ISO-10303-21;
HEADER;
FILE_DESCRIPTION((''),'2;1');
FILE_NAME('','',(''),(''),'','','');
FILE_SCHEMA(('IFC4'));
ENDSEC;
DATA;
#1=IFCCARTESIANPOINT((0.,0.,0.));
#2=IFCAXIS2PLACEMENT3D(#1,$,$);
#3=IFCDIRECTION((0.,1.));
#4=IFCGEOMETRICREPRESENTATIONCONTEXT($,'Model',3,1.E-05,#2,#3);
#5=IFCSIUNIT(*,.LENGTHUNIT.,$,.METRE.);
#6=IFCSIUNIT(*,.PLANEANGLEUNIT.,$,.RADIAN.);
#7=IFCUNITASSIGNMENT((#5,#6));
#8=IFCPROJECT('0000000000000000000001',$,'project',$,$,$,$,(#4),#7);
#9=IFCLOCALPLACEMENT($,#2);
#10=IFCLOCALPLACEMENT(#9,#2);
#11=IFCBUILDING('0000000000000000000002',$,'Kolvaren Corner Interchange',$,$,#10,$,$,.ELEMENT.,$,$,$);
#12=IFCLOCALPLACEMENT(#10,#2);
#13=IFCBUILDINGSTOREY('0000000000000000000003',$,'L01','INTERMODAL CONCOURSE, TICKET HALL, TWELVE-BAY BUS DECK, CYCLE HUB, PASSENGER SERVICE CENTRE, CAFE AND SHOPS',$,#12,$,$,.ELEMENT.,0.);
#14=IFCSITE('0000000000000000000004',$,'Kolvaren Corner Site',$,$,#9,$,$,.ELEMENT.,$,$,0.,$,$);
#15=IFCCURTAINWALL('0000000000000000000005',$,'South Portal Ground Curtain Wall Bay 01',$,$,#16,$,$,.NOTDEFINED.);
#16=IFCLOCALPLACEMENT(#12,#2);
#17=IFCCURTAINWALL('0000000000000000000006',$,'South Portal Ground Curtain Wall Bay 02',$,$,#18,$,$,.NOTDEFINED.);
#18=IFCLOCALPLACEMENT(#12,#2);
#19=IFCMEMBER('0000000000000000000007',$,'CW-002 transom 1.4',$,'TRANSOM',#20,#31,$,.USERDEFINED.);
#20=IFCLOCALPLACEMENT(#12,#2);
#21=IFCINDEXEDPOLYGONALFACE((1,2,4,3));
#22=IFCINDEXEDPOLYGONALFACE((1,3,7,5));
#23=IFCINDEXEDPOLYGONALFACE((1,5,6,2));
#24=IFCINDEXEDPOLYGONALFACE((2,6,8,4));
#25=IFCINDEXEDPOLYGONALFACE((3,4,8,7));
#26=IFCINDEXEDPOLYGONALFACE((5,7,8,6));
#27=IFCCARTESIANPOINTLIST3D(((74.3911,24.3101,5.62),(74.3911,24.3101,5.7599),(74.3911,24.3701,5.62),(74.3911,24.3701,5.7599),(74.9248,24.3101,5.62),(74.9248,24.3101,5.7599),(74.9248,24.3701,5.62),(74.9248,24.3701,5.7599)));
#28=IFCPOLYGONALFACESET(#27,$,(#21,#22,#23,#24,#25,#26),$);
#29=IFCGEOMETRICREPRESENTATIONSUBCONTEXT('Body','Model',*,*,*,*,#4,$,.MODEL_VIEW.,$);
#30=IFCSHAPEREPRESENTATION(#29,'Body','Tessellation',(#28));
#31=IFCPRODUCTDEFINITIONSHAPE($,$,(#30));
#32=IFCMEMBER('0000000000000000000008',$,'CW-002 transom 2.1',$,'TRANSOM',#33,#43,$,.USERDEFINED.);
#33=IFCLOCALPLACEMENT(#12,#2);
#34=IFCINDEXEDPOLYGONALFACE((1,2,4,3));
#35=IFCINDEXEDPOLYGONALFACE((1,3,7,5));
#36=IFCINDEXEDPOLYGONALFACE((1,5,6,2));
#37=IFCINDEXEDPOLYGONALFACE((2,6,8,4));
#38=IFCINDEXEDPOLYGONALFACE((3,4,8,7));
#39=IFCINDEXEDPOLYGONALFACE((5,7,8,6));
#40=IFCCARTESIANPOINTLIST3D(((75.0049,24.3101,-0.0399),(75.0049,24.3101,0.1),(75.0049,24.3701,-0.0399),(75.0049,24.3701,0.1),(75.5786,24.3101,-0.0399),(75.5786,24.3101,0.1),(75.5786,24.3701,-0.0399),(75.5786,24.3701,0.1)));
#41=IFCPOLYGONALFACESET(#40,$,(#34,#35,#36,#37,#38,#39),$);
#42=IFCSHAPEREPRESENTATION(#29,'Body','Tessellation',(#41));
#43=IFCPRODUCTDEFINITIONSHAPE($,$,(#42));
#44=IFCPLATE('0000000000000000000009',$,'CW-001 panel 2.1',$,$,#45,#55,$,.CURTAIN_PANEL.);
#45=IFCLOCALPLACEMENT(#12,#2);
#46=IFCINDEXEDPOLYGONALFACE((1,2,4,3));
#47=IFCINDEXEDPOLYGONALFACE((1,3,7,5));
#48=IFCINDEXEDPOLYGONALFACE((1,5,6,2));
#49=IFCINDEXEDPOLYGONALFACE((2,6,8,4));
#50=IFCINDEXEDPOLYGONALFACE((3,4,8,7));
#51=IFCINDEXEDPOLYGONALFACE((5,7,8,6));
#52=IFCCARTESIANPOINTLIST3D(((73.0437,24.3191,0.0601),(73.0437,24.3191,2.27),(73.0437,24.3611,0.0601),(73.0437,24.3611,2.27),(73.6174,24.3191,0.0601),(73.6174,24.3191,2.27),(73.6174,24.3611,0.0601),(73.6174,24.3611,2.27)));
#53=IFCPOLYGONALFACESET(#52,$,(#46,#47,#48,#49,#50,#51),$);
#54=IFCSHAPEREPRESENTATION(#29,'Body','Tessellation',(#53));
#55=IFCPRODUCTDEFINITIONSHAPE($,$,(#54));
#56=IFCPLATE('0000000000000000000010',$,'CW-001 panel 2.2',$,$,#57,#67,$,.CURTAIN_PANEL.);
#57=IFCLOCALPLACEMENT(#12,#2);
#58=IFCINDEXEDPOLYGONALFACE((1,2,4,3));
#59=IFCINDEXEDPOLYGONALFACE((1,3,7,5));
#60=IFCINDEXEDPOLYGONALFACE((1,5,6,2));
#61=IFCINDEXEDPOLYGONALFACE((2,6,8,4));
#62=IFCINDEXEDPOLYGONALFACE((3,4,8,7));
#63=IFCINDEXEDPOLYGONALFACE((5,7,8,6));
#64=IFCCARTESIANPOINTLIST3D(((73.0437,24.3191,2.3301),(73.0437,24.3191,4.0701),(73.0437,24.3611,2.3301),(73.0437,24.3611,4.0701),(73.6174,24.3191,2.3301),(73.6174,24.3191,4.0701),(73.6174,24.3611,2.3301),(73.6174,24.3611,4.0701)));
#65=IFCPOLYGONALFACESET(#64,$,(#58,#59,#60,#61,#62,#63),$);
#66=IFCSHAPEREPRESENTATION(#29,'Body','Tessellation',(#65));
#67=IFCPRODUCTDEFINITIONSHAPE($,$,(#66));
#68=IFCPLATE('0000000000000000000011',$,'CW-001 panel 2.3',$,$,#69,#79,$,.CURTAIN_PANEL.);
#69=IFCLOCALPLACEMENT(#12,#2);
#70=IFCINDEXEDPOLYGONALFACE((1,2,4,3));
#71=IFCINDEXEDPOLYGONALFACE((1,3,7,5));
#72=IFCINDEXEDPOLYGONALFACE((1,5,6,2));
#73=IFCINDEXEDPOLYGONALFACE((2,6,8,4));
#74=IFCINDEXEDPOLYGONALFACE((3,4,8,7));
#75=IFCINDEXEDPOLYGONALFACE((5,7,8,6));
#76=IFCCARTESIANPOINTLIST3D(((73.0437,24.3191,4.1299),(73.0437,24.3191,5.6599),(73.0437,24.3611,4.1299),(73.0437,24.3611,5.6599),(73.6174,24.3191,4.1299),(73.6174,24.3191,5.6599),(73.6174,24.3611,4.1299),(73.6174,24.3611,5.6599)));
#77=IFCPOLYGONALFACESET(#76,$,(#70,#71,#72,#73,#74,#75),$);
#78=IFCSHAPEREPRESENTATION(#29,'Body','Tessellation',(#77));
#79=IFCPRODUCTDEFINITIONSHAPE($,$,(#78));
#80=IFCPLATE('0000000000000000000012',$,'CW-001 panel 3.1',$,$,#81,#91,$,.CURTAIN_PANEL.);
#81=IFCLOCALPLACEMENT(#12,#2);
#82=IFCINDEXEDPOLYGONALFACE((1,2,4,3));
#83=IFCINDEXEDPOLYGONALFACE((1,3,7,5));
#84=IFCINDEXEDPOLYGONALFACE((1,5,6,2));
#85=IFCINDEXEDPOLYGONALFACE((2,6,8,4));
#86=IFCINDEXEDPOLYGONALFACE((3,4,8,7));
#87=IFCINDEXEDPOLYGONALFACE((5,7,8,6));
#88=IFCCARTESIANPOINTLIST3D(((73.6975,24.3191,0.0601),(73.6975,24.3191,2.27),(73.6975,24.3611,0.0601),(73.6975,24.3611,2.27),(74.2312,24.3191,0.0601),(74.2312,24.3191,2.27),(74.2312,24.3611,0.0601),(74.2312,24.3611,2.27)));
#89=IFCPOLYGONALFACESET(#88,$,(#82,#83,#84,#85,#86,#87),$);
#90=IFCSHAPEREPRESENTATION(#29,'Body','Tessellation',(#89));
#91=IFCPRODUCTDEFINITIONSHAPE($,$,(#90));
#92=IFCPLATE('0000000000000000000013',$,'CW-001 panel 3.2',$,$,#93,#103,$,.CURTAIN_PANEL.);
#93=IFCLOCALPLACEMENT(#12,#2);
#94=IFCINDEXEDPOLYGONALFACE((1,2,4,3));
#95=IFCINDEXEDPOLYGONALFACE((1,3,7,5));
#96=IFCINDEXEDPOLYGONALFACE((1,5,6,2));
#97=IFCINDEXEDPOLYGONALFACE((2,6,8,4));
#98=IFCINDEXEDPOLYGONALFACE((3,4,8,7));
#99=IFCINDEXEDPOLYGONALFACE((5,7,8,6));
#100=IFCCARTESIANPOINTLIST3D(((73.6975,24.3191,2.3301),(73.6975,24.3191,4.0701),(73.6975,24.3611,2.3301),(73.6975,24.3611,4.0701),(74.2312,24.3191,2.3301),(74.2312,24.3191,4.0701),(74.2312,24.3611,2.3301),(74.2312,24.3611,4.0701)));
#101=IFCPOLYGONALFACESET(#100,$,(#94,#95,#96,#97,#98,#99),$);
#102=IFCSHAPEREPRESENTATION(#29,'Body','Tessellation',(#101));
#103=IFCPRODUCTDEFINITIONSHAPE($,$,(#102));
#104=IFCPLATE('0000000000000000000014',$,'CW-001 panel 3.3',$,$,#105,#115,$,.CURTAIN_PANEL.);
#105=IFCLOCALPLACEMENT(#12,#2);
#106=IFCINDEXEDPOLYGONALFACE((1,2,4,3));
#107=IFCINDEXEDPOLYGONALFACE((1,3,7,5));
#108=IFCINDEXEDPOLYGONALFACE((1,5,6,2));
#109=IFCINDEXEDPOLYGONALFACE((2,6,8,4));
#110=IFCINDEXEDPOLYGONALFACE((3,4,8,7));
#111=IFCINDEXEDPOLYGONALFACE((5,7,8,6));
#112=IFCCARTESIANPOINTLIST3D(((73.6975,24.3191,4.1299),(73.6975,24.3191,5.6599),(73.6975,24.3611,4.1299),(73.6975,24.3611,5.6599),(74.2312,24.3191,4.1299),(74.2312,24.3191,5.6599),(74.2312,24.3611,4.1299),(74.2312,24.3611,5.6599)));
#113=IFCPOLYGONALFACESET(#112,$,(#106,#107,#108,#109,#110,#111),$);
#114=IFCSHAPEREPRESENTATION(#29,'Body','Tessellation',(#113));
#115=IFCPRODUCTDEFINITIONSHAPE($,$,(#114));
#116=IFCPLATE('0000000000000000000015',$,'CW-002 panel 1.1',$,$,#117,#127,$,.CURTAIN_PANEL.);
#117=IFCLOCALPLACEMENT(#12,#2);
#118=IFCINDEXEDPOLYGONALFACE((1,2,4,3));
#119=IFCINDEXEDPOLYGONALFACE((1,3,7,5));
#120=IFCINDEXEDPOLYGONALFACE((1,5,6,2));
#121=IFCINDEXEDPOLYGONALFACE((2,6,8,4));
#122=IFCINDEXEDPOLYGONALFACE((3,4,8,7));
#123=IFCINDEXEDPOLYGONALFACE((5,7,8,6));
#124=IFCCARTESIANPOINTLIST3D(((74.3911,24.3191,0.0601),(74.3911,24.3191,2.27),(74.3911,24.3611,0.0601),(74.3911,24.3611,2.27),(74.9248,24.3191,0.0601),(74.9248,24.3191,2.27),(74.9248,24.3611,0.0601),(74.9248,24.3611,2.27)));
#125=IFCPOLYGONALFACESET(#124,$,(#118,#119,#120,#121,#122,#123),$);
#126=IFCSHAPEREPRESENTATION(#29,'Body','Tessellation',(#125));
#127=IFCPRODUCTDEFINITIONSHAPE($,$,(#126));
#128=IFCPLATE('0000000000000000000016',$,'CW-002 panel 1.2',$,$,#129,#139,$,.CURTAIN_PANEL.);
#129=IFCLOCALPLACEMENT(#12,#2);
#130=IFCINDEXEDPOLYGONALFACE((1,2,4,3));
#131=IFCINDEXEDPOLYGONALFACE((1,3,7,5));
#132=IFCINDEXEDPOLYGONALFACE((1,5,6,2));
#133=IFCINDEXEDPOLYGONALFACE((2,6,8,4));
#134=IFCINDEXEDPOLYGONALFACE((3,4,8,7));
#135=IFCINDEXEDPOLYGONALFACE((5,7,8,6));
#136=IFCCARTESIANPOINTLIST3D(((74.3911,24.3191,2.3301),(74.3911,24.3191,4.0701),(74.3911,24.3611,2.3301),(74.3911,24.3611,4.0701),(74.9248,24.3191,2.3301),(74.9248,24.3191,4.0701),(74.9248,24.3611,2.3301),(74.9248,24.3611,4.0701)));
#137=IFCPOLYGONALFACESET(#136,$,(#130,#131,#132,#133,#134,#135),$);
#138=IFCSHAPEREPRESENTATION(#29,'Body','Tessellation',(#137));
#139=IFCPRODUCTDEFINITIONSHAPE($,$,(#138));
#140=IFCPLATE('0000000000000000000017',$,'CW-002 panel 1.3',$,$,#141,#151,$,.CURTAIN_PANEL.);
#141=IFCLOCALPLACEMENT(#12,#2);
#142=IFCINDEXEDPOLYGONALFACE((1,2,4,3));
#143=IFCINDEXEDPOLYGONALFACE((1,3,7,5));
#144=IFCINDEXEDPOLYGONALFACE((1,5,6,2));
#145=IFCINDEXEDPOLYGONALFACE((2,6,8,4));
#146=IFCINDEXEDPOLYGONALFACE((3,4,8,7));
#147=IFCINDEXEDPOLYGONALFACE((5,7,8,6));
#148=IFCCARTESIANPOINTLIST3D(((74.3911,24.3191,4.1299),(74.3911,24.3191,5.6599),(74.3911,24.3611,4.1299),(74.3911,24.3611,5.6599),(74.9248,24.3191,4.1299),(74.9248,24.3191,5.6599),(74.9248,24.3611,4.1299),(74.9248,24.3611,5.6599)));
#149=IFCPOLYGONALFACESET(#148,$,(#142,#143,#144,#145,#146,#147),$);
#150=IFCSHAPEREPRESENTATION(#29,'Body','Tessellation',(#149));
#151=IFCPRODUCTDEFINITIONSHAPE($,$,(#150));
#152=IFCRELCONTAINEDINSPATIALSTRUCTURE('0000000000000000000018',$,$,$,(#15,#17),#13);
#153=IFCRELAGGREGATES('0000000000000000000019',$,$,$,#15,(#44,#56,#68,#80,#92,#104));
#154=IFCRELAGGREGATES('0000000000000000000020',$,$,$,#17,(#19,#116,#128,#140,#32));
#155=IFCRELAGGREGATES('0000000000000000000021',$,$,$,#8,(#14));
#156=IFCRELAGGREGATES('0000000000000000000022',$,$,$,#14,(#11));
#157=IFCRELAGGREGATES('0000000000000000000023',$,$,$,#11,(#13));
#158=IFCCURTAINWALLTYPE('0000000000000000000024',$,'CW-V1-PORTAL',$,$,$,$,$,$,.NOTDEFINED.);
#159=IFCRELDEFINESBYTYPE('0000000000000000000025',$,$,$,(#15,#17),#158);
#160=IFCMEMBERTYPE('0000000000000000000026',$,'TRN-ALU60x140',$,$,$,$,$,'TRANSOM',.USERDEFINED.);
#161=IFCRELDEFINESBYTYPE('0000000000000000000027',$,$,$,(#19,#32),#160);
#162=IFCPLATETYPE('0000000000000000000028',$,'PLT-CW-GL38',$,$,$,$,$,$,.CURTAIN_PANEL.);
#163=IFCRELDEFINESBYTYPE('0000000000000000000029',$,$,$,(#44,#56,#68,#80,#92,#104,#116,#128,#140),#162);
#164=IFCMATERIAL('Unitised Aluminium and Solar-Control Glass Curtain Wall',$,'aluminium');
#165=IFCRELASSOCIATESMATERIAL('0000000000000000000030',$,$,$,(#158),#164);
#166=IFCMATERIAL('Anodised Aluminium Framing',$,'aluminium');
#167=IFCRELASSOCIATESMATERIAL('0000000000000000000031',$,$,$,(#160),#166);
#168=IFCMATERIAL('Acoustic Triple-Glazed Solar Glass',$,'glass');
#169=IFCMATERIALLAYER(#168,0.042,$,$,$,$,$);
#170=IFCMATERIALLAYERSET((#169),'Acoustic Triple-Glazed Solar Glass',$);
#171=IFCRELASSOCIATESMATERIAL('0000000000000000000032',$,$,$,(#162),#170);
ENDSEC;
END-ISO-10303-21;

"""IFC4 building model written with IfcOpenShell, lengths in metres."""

from ifc_helpers import new_model, si_unit, direction, frame, origin, origin_2d, place, context, subcontext, project, spatial, rectangle, extrude, material, layer, layer_set, material_profile, profile_set, type_object, element, aggregate, save


model = new_model("IFC4")

# Units and contexts
model_context = context("Model", 3, precision=1e-05, world=origin(), true_north=direction((0.0, 1.0)))
body_context = subcontext(model_context, "Body", "Model", "MODEL_VIEW")
ifc_project = project(units=[si_unit("LENGTHUNIT", "METRE"), si_unit("PLANEANGLEUNIT", "RADIAN")], contexts=[model_context])

# Site, building, storey
site_placement = place(None, origin())
site = spatial("IfcSite", under=ifc_project, at=site_placement, Name="Kolvaren Corner Site", CompositionType="ELEMENT", RefElevation=0.0)
building_placement = place(site_placement, origin())
building = spatial("IfcBuilding", under=site, at=building_placement, Name="Kolvaren Corner Interchange", CompositionType="ELEMENT")
storey_placement = place(building_placement, origin())
storey = spatial("IfcBuildingStorey", under=building, at=storey_placement, Name="L01", Description="INTERMODAL CONCOURSE, TICKET HALL, TWELVE-BAY BUS DECK, CYCLE HUB, PASSENGER SERVICE CENTRE, CAFE AND SHOPS", CompositionType="ELEMENT", Elevation=0.0)

# Curtain walls
ifc_material_1 = material(Name="Unitised Aluminium and Solar-Control Glass Curtain Wall", Category="aluminium")
curtain_wall_type = type_object("IfcCurtainWallType", Name="CW-V1-PORTAL", PredefinedType="NOTDEFINED", material=ifc_material_1)
curtain_wall_1_placement = place(storey_placement, origin())
curtain_wall_1 = element("IfcCurtainWall", 1, at=curtain_wall_1_placement, inside=storey, type_object=curtain_wall_type, Name="South Portal Ground Curtain Wall Bay 01", PredefinedType="NOTDEFINED")
curtain_wall_2_placement = place(storey_placement, origin())
curtain_wall_2 = element("IfcCurtainWall", 2, at=curtain_wall_2_placement, inside=storey, type_object=curtain_wall_type, Name="South Portal Ground Curtain Wall Bay 02", PredefinedType="NOTDEFINED")

# Members
ifc_material_2 = material(Name="Anodised Aluminium Framing", Category="aluminium")
ifc_material_profile_1 = material_profile(ifc_material_2, rectangle(XDim=0.0601, YDim=0.1399, at=origin_2d()), Name="ALU 60x140")
ifc_profile_set_1 = profile_set([ifc_material_profile_1], Name="Anodised Aluminium Framing")
member_type_1 = type_object("IfcMemberType", Name="TRN-ALU60x140", ElementType="TRANSOM", PredefinedType="USERDEFINED", material=ifc_profile_set_1)
member_1_placement = place(storey_placement, frame((74.3911, 24.3401, 5.6899), z_axis=(1.0, 0.0, 0.0), x_axis=(0.0, 1.0, 0.0)))
member_1 = element("IfcMember", 3, at=member_1_placement, type_object=member_type_1, Name="CW-002 transom 1.4", ObjectType="TRANSOM", PredefinedType="USERDEFINED", context=body_context, shape_type="SweptSolid", body=[
    extrude(rectangle(XDim=0.0601, YDim=0.1399, at=origin_2d()), origin(), (0.0, 0.0, 1.0), 0.5337),
])
member_2_placement = place(storey_placement, frame((75.0049, 24.3401, 0.03), z_axis=(1.0, 0.0, 0.0), x_axis=(0.0, 1.0, 0.0)))
member_2 = element("IfcMember", 4, at=member_2_placement, type_object=member_type_1, Name="CW-002 transom 2.1", ObjectType="TRANSOM", PredefinedType="USERDEFINED", context=body_context, shape_type="SweptSolid", body=[
    extrude(rectangle(XDim=0.0601, YDim=0.1399, at=origin_2d()), origin(), (0.0, 0.0, 1.0), 0.5737),
])

# Plates
ifc_material_3 = material(Name="Acoustic Triple-Glazed Solar Glass", Category="glass")
ifc_layer = layer(ifc_material_3, 0.042)
ifc_layer_set = layer_set([ifc_layer], Name="Acoustic Triple-Glazed Solar Glass")
plate_type = type_object("IfcPlateType", Name="PLT-CW-GL38", PredefinedType="CURTAIN_PANEL", material=ifc_layer_set)
plate_1_placement = place(storey_placement, frame((73.3306, 24.3401, 0.0601), z_axis=(0.0, 0.0, 1.0), x_axis=(1.0, 0.0, 0.0)))
plate_1 = element("IfcPlate", 5, at=plate_1_placement, type_object=plate_type, Name="CW-001 panel 2.1", PredefinedType="CURTAIN_PANEL", context=body_context, shape_type="SweptSolid", body=[
    extrude(rectangle(XDim=0.5737, YDim=0.042, at=origin_2d()), origin(), (0.0, 0.0, 1.0), 2.21),
])
plate_2_placement = place(storey_placement, frame((73.3306, 24.3401, 2.3301), z_axis=(0.0, 0.0, 1.0), x_axis=(1.0, 0.0, 0.0)))
plate_2 = element("IfcPlate", 6, at=plate_2_placement, type_object=plate_type, Name="CW-001 panel 2.2", PredefinedType="CURTAIN_PANEL", context=body_context, shape_type="SweptSolid", body=[
    extrude(rectangle(XDim=0.5737, YDim=0.042, at=origin_2d()), origin(), (0.0, 0.0, 1.0), 1.74),
])
plate_3_placement = place(storey_placement, frame((73.3306, 24.3401, 4.1299), z_axis=(0.0, 0.0, 1.0), x_axis=(1.0, 0.0, 0.0)))
plate_3 = element("IfcPlate", 7, at=plate_3_placement, type_object=plate_type, Name="CW-001 panel 2.3", PredefinedType="CURTAIN_PANEL", context=body_context, shape_type="SweptSolid", body=[
    extrude(rectangle(XDim=0.5737, YDim=0.042, at=origin_2d()), origin(), (0.0, 0.0, 1.0), 1.53),
])
plate_4_placement = place(storey_placement, frame((73.9644, 24.3401, 0.0601), z_axis=(0.0, 0.0, 1.0), x_axis=(1.0, 0.0, 0.0)))
plate_4 = element("IfcPlate", 8, at=plate_4_placement, type_object=plate_type, Name="CW-001 panel 3.1", PredefinedType="CURTAIN_PANEL", context=body_context, shape_type="SweptSolid", body=[
    extrude(rectangle(XDim=0.5337, YDim=0.042, at=origin_2d()), origin(), (0.0, 0.0, 1.0), 2.21),
])
plate_5_placement = place(storey_placement, frame((73.9644, 24.3401, 2.3301), z_axis=(0.0, 0.0, 1.0), x_axis=(1.0, 0.0, 0.0)))
plate_5 = element("IfcPlate", 9, at=plate_5_placement, type_object=plate_type, Name="CW-001 panel 3.2", PredefinedType="CURTAIN_PANEL", context=body_context, shape_type="SweptSolid", body=[
    extrude(rectangle(XDim=0.5337, YDim=0.042, at=origin_2d()), origin(), (0.0, 0.0, 1.0), 1.74),
])
plate_6_placement = place(storey_placement, frame((73.9644, 24.3401, 4.1299), z_axis=(0.0, 0.0, 1.0), x_axis=(1.0, 0.0, 0.0)))
plate_6 = element("IfcPlate", 10, at=plate_6_placement, type_object=plate_type, Name="CW-001 panel 3.3", PredefinedType="CURTAIN_PANEL", context=body_context, shape_type="SweptSolid", body=[
    extrude(rectangle(XDim=0.5337, YDim=0.042, at=origin_2d()), origin(), (0.0, 0.0, 1.0), 1.53),
])
aggregate(curtain_wall_1, [plate_1, plate_2, plate_3, plate_4, plate_5, plate_6])
plate_7_placement = place(storey_placement, frame((74.658, 24.3401, 0.0601), z_axis=(0.0, 0.0, 1.0), x_axis=(1.0, 0.0, 0.0)))
plate_7 = element("IfcPlate", 11, at=plate_7_placement, type_object=plate_type, Name="CW-002 panel 1.1", PredefinedType="CURTAIN_PANEL", context=body_context, shape_type="SweptSolid", body=[
    extrude(rectangle(XDim=0.5337, YDim=0.042, at=origin_2d()), origin(), (0.0, 0.0, 1.0), 2.21),
])
plate_8_placement = place(storey_placement, frame((74.658, 24.3401, 2.3301), z_axis=(0.0, 0.0, 1.0), x_axis=(1.0, 0.0, 0.0)))
plate_8 = element("IfcPlate", 12, at=plate_8_placement, type_object=plate_type, Name="CW-002 panel 1.2", PredefinedType="CURTAIN_PANEL", context=body_context, shape_type="SweptSolid", body=[
    extrude(rectangle(XDim=0.5337, YDim=0.042, at=origin_2d()), origin(), (0.0, 0.0, 1.0), 1.74),
])
plate_9_placement = place(storey_placement, frame((74.658, 24.3401, 4.1299), z_axis=(0.0, 0.0, 1.0), x_axis=(1.0, 0.0, 0.0)))
plate_9 = element("IfcPlate", 13, at=plate_9_placement, type_object=plate_type, Name="CW-002 panel 1.3", PredefinedType="CURTAIN_PANEL", context=body_context, shape_type="SweptSolid", body=[
    extrude(rectangle(XDim=0.5337, YDim=0.042, at=origin_2d()), origin(), (0.0, 0.0, 1.0), 1.53),
])
aggregate(curtain_wall_2, [member_1, plate_7, plate_8, plate_9, member_2])

save(model, "model.ifc")
